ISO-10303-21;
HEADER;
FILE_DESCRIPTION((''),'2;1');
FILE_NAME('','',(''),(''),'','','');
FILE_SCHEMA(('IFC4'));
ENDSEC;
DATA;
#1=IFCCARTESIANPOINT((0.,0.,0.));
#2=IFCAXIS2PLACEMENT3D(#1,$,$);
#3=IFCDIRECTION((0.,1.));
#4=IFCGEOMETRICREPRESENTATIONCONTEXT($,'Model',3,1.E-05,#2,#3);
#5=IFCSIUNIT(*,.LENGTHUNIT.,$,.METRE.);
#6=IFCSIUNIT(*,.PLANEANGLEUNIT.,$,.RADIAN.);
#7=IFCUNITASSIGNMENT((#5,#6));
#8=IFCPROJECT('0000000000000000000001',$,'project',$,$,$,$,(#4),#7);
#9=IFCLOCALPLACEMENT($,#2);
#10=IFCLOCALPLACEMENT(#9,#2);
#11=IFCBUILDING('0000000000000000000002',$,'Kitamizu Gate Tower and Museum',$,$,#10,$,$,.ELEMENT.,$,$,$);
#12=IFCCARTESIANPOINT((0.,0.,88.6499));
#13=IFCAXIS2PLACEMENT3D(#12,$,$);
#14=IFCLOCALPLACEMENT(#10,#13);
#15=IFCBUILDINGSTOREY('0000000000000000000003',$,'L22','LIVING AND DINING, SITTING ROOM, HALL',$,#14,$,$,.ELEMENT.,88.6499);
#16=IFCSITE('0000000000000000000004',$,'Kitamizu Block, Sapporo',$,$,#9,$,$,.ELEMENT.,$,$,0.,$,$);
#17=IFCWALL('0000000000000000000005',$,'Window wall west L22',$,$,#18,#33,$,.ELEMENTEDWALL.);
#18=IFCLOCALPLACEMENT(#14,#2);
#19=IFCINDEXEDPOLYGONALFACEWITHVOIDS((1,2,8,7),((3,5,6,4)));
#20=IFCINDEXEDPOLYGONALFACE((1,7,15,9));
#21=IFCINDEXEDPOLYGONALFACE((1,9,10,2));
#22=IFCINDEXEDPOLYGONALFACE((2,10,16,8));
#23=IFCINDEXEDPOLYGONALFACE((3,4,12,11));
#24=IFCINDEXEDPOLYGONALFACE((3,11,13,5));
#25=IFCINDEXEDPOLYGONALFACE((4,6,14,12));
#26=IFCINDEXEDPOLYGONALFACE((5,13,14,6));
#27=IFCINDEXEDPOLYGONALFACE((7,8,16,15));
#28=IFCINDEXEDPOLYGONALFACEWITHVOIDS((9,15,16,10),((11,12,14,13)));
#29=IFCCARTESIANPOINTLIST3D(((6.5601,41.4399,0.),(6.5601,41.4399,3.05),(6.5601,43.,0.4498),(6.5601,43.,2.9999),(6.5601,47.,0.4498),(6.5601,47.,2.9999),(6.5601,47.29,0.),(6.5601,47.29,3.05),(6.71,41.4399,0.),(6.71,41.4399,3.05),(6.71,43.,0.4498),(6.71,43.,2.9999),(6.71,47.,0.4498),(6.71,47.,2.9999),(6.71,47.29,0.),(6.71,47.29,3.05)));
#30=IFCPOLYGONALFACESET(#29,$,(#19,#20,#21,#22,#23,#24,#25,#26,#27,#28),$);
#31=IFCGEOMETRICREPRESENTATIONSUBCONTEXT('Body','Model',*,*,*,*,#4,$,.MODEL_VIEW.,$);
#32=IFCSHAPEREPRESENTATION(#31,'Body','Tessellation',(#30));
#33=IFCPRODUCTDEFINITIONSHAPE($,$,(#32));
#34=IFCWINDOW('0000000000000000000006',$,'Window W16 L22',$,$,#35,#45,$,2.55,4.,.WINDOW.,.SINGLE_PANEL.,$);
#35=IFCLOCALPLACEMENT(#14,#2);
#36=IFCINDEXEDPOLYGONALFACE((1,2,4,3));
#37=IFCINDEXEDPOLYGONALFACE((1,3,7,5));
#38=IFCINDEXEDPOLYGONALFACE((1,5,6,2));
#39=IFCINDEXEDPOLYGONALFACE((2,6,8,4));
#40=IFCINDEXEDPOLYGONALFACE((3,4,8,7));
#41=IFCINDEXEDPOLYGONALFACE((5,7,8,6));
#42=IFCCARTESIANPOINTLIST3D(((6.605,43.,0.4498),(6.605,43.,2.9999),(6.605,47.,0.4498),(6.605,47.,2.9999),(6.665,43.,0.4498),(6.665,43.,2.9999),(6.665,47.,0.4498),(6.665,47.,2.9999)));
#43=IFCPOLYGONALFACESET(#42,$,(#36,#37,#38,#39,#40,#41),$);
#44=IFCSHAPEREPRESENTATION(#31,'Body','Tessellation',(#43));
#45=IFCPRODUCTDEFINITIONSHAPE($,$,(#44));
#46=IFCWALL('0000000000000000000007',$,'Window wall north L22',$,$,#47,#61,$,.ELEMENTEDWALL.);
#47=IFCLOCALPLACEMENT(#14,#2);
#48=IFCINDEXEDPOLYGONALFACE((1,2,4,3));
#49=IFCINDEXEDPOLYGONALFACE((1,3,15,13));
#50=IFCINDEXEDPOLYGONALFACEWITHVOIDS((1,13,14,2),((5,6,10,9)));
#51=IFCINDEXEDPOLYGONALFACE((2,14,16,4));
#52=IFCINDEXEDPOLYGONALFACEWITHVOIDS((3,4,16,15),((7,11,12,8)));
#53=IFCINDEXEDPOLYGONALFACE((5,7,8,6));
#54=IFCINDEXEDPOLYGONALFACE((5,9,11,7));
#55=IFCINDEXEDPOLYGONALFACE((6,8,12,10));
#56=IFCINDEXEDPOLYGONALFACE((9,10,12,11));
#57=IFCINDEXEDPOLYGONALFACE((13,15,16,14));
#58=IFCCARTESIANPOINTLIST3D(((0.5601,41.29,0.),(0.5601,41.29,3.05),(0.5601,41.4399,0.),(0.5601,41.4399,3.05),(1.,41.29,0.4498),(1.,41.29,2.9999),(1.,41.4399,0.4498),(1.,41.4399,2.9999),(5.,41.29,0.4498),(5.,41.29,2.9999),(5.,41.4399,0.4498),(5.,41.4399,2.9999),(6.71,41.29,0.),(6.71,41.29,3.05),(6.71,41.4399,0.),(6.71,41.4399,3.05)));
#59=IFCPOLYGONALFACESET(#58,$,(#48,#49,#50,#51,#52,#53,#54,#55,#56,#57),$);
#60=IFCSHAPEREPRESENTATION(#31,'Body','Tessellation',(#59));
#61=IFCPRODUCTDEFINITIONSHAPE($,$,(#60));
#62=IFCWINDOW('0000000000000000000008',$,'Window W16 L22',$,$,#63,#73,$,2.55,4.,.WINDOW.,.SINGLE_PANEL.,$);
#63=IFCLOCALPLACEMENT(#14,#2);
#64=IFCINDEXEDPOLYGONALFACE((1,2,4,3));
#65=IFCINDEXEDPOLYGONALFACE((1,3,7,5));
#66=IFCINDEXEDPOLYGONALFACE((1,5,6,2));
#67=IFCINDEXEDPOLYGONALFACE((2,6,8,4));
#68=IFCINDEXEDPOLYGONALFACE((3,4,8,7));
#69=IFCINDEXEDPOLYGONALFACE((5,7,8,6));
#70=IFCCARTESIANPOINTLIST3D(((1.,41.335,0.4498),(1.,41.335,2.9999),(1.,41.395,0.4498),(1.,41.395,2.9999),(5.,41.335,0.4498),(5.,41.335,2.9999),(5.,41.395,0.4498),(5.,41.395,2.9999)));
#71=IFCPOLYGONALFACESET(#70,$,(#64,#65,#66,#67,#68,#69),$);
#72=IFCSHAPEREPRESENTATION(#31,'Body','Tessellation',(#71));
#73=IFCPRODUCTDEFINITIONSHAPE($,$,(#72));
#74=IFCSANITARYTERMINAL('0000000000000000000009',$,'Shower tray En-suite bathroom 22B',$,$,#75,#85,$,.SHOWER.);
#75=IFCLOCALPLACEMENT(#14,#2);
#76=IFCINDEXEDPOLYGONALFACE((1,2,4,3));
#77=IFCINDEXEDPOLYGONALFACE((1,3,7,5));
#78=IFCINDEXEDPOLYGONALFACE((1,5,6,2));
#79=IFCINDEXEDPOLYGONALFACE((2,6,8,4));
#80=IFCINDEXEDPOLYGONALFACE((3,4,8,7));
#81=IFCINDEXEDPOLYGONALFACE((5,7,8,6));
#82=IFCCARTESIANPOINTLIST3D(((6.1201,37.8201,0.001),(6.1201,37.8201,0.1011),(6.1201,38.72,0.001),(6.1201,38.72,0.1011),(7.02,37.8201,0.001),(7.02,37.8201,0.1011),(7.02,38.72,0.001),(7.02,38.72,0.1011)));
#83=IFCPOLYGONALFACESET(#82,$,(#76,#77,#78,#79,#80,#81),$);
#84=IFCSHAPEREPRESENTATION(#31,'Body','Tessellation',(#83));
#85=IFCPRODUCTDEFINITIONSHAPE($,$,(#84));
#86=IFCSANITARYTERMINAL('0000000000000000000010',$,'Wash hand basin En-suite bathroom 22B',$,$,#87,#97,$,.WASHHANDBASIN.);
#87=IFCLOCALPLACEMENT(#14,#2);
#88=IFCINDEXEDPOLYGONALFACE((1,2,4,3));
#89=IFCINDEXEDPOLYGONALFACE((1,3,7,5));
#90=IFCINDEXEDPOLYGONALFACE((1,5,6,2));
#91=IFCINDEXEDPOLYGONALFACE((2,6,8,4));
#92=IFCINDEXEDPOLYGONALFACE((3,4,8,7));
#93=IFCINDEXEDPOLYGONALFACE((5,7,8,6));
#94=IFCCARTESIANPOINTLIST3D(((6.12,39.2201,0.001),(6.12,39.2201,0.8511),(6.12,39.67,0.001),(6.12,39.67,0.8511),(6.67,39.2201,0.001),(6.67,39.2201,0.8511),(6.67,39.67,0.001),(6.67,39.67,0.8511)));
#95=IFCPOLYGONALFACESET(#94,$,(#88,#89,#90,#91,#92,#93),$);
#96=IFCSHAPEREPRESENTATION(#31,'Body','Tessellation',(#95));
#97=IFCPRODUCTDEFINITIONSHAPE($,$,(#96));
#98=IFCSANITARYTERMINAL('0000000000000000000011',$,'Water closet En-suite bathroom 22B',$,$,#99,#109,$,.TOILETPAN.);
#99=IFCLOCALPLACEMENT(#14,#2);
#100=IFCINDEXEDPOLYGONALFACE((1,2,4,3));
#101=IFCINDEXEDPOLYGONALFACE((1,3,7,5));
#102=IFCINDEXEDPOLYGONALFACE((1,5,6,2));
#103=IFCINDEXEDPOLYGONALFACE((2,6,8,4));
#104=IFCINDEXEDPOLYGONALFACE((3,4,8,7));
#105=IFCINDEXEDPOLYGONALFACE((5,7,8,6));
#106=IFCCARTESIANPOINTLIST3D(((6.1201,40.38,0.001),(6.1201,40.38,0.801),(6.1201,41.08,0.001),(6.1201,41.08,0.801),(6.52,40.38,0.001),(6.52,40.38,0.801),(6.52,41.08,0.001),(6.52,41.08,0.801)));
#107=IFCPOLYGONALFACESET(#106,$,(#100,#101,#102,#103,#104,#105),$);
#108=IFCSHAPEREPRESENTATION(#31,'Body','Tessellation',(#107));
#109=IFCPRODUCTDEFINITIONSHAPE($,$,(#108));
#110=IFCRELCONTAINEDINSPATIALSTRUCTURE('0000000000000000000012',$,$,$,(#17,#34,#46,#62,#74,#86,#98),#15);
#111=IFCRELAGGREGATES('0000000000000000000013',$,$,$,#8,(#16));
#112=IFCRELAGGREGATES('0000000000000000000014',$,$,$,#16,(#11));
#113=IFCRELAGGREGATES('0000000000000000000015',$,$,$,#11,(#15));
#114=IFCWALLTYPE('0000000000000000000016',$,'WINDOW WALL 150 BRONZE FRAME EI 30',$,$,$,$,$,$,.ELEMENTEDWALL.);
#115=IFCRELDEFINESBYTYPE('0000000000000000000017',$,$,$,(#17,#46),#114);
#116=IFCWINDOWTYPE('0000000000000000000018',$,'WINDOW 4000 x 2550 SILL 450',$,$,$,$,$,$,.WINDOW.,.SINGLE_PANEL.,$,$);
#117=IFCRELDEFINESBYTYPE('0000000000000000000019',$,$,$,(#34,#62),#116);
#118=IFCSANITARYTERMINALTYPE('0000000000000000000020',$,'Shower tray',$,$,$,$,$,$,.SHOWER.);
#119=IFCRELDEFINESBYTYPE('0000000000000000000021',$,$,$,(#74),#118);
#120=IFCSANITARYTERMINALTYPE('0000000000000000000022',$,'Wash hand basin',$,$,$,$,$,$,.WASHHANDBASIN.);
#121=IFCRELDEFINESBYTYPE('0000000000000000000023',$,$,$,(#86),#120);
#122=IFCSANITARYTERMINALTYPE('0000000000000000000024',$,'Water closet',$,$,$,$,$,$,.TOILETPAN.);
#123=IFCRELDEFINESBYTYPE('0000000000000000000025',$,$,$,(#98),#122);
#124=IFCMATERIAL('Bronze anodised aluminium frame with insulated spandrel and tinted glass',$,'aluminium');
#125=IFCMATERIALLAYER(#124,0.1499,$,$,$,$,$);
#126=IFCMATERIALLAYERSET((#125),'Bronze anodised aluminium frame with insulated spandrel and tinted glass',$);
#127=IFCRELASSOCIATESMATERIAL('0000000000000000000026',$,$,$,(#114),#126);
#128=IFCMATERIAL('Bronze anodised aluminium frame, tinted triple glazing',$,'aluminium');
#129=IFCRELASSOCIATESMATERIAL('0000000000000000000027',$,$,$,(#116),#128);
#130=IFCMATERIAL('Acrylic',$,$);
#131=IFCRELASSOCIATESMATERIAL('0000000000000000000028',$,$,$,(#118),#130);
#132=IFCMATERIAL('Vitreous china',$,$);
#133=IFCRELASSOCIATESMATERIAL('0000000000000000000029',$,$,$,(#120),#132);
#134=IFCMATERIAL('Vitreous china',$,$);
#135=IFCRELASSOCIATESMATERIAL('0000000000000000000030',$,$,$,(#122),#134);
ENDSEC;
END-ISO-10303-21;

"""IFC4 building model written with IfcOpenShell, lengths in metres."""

from ifc_helpers import new_model, si_unit, direction, frame, frame_2d, origin, origin_2d, place, context, subcontext, project, spatial, rectangle, extrude, material, layer, layer_set, type_object, element, fill, save


model = new_model("IFC4")

# Units and contexts
model_context = context("Model", 3, precision=1e-05, world=origin(), true_north=direction((0.0, 1.0)))
body_context = subcontext(model_context, "Body", "Model", "MODEL_VIEW")
ifc_project = project(units=[si_unit("LENGTHUNIT", "METRE"), si_unit("PLANEANGLEUNIT", "RADIAN")], contexts=[model_context])

# Site, building, storey
site_placement = place(None, origin())
site = spatial("IfcSite", under=ifc_project, at=site_placement, Name="Kitamizu Block, Sapporo", CompositionType="ELEMENT", RefElevation=0.0)
building_placement = place(site_placement, origin())
building = spatial("IfcBuilding", under=site, at=building_placement, Name="Kitamizu Gate Tower and Museum", CompositionType="ELEMENT")
storey_placement = place(building_placement, frame((0.0, 0.0, 88.6499)))
storey = spatial("IfcBuildingStorey", under=building, at=storey_placement, Name="L22", Description="LIVING AND DINING, SITTING ROOM, HALL", CompositionType="ELEMENT", Elevation=88.6499)

# Shared definitions
ifc_material_1 = material(Name="Bronze anodised aluminium frame with insulated spandrel and tinted glass", Category="aluminium")
ifc_layer_1 = layer(ifc_material_1, 0.1499)
ifc_layer_set_1 = layer_set([ifc_layer_1], Name="Bronze anodised aluminium frame with insulated spandrel and tinted glass")
wall_type_1 = type_object("IfcWallType", Name="WINDOW WALL 150 BRONZE FRAME EI 30", PredefinedType="ELEMENTEDWALL", material=ifc_layer_set_1)

# Walls, openings, windows
wall_1_placement = place(storey_placement, frame((6.635, 41.4399, 0.0), z_axis=(0.0, 0.0, 1.0), x_axis=(0.0, 1.0, 0.0)))
wall_1 = element("IfcWall", 1, at=wall_1_placement, inside=storey, type_object=wall_type_1, Name="Window wall west L22", PredefinedType="ELEMENTEDWALL", context=body_context, shape_type="SweptSolid", body=[
    extrude(rectangle(XDim=5.8501, YDim=0.1499, at=frame_2d((2.925, 0.0))), origin(), (0.0, 0.0, 1.0), 3.05),
])
opening_1_placement = place(wall_1_placement, frame((1.5601, 0.0, 0.45)))
opening_1 = element("IfcOpeningElement", 2, at=opening_1_placement, cuts=wall_1, PredefinedType="OPENING", context=body_context, shape_type="SweptSolid", body=[
    extrude(rectangle(XDim=4.0, YDim=2.55, at=frame_2d((2.0, 1.2749))), frame((0.0, 0.085, 0.0), z_axis=(0.0, -1.0, 0.0), x_axis=(1.0, 0.0, 0.0)), (0.0, 0.0, 1.0), 0.1699),
])
ifc_material_2 = material(Name="Bronze anodised aluminium frame, tinted triple glazing", Category="aluminium")
window_type_1 = type_object("IfcWindowType", Name="WINDOW 4000 x 2550 SILL 450", PartitioningType="SINGLE_PANEL", PredefinedType="WINDOW", material=ifc_material_2)
window_1_placement = place(opening_1_placement, origin())
window_1 = element("IfcWindow", 3, at=window_1_placement, inside=storey, type_object=window_type_1, Name="Window W16 L22", OverallHeight=2.55, OverallWidth=4.0, PartitioningType="SINGLE_PANEL", PredefinedType="WINDOW", context=body_context, shape_type="SweptSolid", body=[
    extrude(rectangle(XDim=4.0, YDim=2.55, at=frame_2d((2.0, 1.2749))), frame((0.0, 0.03, 0.0), z_axis=(0.0, -1.0, 0.0), x_axis=(1.0, 0.0, 0.0)), (0.0, 0.0, 1.0), 0.0601),
])
fill(opening_1, window_1)
wall_2_placement = place(storey_placement, frame((0.5601, 41.365, 0.0), z_axis=(0.0, 0.0, 1.0), x_axis=(1.0, 0.0, 0.0)))
wall_2 = element("IfcWall", 4, at=wall_2_placement, inside=storey, type_object=wall_type_1, Name="Window wall north L22", PredefinedType="ELEMENTEDWALL", context=body_context, shape_type="SweptSolid", body=[
    extrude(rectangle(XDim=6.1499, YDim=0.1499, at=frame_2d((3.075, 0.0))), origin(), (0.0, 0.0, 1.0), 3.05),
])
opening_2_placement = place(wall_2_placement, frame((0.4399, 0.0, 0.45)))
opening_2 = element("IfcOpeningElement", 5, at=opening_2_placement, cuts=wall_2, PredefinedType="OPENING", context=body_context, shape_type="SweptSolid", body=[
    extrude(rectangle(XDim=4.0, YDim=2.55, at=frame_2d((2.0, 1.2749))), frame((0.0, 0.085, 0.0), z_axis=(0.0, -1.0, 0.0), x_axis=(1.0, 0.0, 0.0)), (0.0, 0.0, 1.0), 0.1699),
])
window_2_placement = place(opening_2_placement, origin())
window_2 = element("IfcWindow", 6, at=window_2_placement, inside=storey, type_object=window_type_1, Name="Window W16 L22", OverallHeight=2.55, OverallWidth=4.0, PartitioningType="SINGLE_PANEL", PredefinedType="WINDOW", context=body_context, shape_type="SweptSolid", body=[
    extrude(rectangle(XDim=4.0, YDim=2.55, at=frame_2d((2.0, 1.2749))), frame((0.0, 0.03, 0.0), z_axis=(0.0, -1.0, 0.0), x_axis=(1.0, 0.0, 0.0)), (0.0, 0.0, 1.0), 0.0601),
])
fill(opening_2, window_2)

# Sanitary terminals
ifc_material_3 = material(Name="Acrylic")
sanitary_terminal_type_1 = type_object("IfcSanitaryTerminalType", Name="Shower tray", PredefinedType="SHOWER", material=ifc_material_3)
sanitary_terminal_1_placement = place(storey_placement, frame((6.5701, 38.27, 0.001), z_axis=(0.0, 0.0, 1.0), x_axis=(1.0, 0.0, 0.0)))
element("IfcSanitaryTerminal", 7, at=sanitary_terminal_1_placement, inside=storey, type_object=sanitary_terminal_type_1, Name="Shower tray En-suite bathroom 22B", PredefinedType="SHOWER", context=body_context, shape_type="SweptSolid", body=[
    extrude(rectangle(XDim=0.8999, YDim=0.8999, at=origin_2d()), origin(), (0.0, 0.0, 1.0), 0.1001),
])
ifc_material_4 = material(Name="Vitreous china")
sanitary_terminal_type_2 = type_object("IfcSanitaryTerminalType", Name="Wash hand basin", PredefinedType="WASHHANDBASIN", material=ifc_material_4)
sanitary_terminal_2_placement = place(storey_placement, frame((6.395, 39.4451, 0.001), z_axis=(0.0, 0.0, 1.0), x_axis=(1.0, 0.0, 0.0)))
element("IfcSanitaryTerminal", 8, at=sanitary_terminal_2_placement, inside=storey, type_object=sanitary_terminal_type_2, Name="Wash hand basin En-suite bathroom 22B", PredefinedType="WASHHANDBASIN", context=body_context, shape_type="SweptSolid", body=[
    extrude(rectangle(XDim=0.55, YDim=0.45, at=origin_2d()), origin(), (0.0, 0.0, 1.0), 0.8501),
])
ifc_material_5 = material(Name="Vitreous china")
sanitary_terminal_type_3 = type_object("IfcSanitaryTerminalType", Name="Water closet", PredefinedType="TOILETPAN", material=ifc_material_5)
sanitary_terminal_3_placement = place(storey_placement, frame((6.3201, 40.73, 0.001), z_axis=(0.0, 0.0, 1.0), x_axis=(1.0, 0.0, 0.0)))
element("IfcSanitaryTerminal", 9, at=sanitary_terminal_3_placement, inside=storey, type_object=sanitary_terminal_type_3, Name="Water closet En-suite bathroom 22B", PredefinedType="TOILETPAN", context=body_context, shape_type="SweptSolid", body=[
    extrude(rectangle(XDim=0.3999, YDim=0.7, at=origin_2d()), origin(), (0.0, 0.0, 1.0), 0.8),
])

save(model, "model.ifc")
